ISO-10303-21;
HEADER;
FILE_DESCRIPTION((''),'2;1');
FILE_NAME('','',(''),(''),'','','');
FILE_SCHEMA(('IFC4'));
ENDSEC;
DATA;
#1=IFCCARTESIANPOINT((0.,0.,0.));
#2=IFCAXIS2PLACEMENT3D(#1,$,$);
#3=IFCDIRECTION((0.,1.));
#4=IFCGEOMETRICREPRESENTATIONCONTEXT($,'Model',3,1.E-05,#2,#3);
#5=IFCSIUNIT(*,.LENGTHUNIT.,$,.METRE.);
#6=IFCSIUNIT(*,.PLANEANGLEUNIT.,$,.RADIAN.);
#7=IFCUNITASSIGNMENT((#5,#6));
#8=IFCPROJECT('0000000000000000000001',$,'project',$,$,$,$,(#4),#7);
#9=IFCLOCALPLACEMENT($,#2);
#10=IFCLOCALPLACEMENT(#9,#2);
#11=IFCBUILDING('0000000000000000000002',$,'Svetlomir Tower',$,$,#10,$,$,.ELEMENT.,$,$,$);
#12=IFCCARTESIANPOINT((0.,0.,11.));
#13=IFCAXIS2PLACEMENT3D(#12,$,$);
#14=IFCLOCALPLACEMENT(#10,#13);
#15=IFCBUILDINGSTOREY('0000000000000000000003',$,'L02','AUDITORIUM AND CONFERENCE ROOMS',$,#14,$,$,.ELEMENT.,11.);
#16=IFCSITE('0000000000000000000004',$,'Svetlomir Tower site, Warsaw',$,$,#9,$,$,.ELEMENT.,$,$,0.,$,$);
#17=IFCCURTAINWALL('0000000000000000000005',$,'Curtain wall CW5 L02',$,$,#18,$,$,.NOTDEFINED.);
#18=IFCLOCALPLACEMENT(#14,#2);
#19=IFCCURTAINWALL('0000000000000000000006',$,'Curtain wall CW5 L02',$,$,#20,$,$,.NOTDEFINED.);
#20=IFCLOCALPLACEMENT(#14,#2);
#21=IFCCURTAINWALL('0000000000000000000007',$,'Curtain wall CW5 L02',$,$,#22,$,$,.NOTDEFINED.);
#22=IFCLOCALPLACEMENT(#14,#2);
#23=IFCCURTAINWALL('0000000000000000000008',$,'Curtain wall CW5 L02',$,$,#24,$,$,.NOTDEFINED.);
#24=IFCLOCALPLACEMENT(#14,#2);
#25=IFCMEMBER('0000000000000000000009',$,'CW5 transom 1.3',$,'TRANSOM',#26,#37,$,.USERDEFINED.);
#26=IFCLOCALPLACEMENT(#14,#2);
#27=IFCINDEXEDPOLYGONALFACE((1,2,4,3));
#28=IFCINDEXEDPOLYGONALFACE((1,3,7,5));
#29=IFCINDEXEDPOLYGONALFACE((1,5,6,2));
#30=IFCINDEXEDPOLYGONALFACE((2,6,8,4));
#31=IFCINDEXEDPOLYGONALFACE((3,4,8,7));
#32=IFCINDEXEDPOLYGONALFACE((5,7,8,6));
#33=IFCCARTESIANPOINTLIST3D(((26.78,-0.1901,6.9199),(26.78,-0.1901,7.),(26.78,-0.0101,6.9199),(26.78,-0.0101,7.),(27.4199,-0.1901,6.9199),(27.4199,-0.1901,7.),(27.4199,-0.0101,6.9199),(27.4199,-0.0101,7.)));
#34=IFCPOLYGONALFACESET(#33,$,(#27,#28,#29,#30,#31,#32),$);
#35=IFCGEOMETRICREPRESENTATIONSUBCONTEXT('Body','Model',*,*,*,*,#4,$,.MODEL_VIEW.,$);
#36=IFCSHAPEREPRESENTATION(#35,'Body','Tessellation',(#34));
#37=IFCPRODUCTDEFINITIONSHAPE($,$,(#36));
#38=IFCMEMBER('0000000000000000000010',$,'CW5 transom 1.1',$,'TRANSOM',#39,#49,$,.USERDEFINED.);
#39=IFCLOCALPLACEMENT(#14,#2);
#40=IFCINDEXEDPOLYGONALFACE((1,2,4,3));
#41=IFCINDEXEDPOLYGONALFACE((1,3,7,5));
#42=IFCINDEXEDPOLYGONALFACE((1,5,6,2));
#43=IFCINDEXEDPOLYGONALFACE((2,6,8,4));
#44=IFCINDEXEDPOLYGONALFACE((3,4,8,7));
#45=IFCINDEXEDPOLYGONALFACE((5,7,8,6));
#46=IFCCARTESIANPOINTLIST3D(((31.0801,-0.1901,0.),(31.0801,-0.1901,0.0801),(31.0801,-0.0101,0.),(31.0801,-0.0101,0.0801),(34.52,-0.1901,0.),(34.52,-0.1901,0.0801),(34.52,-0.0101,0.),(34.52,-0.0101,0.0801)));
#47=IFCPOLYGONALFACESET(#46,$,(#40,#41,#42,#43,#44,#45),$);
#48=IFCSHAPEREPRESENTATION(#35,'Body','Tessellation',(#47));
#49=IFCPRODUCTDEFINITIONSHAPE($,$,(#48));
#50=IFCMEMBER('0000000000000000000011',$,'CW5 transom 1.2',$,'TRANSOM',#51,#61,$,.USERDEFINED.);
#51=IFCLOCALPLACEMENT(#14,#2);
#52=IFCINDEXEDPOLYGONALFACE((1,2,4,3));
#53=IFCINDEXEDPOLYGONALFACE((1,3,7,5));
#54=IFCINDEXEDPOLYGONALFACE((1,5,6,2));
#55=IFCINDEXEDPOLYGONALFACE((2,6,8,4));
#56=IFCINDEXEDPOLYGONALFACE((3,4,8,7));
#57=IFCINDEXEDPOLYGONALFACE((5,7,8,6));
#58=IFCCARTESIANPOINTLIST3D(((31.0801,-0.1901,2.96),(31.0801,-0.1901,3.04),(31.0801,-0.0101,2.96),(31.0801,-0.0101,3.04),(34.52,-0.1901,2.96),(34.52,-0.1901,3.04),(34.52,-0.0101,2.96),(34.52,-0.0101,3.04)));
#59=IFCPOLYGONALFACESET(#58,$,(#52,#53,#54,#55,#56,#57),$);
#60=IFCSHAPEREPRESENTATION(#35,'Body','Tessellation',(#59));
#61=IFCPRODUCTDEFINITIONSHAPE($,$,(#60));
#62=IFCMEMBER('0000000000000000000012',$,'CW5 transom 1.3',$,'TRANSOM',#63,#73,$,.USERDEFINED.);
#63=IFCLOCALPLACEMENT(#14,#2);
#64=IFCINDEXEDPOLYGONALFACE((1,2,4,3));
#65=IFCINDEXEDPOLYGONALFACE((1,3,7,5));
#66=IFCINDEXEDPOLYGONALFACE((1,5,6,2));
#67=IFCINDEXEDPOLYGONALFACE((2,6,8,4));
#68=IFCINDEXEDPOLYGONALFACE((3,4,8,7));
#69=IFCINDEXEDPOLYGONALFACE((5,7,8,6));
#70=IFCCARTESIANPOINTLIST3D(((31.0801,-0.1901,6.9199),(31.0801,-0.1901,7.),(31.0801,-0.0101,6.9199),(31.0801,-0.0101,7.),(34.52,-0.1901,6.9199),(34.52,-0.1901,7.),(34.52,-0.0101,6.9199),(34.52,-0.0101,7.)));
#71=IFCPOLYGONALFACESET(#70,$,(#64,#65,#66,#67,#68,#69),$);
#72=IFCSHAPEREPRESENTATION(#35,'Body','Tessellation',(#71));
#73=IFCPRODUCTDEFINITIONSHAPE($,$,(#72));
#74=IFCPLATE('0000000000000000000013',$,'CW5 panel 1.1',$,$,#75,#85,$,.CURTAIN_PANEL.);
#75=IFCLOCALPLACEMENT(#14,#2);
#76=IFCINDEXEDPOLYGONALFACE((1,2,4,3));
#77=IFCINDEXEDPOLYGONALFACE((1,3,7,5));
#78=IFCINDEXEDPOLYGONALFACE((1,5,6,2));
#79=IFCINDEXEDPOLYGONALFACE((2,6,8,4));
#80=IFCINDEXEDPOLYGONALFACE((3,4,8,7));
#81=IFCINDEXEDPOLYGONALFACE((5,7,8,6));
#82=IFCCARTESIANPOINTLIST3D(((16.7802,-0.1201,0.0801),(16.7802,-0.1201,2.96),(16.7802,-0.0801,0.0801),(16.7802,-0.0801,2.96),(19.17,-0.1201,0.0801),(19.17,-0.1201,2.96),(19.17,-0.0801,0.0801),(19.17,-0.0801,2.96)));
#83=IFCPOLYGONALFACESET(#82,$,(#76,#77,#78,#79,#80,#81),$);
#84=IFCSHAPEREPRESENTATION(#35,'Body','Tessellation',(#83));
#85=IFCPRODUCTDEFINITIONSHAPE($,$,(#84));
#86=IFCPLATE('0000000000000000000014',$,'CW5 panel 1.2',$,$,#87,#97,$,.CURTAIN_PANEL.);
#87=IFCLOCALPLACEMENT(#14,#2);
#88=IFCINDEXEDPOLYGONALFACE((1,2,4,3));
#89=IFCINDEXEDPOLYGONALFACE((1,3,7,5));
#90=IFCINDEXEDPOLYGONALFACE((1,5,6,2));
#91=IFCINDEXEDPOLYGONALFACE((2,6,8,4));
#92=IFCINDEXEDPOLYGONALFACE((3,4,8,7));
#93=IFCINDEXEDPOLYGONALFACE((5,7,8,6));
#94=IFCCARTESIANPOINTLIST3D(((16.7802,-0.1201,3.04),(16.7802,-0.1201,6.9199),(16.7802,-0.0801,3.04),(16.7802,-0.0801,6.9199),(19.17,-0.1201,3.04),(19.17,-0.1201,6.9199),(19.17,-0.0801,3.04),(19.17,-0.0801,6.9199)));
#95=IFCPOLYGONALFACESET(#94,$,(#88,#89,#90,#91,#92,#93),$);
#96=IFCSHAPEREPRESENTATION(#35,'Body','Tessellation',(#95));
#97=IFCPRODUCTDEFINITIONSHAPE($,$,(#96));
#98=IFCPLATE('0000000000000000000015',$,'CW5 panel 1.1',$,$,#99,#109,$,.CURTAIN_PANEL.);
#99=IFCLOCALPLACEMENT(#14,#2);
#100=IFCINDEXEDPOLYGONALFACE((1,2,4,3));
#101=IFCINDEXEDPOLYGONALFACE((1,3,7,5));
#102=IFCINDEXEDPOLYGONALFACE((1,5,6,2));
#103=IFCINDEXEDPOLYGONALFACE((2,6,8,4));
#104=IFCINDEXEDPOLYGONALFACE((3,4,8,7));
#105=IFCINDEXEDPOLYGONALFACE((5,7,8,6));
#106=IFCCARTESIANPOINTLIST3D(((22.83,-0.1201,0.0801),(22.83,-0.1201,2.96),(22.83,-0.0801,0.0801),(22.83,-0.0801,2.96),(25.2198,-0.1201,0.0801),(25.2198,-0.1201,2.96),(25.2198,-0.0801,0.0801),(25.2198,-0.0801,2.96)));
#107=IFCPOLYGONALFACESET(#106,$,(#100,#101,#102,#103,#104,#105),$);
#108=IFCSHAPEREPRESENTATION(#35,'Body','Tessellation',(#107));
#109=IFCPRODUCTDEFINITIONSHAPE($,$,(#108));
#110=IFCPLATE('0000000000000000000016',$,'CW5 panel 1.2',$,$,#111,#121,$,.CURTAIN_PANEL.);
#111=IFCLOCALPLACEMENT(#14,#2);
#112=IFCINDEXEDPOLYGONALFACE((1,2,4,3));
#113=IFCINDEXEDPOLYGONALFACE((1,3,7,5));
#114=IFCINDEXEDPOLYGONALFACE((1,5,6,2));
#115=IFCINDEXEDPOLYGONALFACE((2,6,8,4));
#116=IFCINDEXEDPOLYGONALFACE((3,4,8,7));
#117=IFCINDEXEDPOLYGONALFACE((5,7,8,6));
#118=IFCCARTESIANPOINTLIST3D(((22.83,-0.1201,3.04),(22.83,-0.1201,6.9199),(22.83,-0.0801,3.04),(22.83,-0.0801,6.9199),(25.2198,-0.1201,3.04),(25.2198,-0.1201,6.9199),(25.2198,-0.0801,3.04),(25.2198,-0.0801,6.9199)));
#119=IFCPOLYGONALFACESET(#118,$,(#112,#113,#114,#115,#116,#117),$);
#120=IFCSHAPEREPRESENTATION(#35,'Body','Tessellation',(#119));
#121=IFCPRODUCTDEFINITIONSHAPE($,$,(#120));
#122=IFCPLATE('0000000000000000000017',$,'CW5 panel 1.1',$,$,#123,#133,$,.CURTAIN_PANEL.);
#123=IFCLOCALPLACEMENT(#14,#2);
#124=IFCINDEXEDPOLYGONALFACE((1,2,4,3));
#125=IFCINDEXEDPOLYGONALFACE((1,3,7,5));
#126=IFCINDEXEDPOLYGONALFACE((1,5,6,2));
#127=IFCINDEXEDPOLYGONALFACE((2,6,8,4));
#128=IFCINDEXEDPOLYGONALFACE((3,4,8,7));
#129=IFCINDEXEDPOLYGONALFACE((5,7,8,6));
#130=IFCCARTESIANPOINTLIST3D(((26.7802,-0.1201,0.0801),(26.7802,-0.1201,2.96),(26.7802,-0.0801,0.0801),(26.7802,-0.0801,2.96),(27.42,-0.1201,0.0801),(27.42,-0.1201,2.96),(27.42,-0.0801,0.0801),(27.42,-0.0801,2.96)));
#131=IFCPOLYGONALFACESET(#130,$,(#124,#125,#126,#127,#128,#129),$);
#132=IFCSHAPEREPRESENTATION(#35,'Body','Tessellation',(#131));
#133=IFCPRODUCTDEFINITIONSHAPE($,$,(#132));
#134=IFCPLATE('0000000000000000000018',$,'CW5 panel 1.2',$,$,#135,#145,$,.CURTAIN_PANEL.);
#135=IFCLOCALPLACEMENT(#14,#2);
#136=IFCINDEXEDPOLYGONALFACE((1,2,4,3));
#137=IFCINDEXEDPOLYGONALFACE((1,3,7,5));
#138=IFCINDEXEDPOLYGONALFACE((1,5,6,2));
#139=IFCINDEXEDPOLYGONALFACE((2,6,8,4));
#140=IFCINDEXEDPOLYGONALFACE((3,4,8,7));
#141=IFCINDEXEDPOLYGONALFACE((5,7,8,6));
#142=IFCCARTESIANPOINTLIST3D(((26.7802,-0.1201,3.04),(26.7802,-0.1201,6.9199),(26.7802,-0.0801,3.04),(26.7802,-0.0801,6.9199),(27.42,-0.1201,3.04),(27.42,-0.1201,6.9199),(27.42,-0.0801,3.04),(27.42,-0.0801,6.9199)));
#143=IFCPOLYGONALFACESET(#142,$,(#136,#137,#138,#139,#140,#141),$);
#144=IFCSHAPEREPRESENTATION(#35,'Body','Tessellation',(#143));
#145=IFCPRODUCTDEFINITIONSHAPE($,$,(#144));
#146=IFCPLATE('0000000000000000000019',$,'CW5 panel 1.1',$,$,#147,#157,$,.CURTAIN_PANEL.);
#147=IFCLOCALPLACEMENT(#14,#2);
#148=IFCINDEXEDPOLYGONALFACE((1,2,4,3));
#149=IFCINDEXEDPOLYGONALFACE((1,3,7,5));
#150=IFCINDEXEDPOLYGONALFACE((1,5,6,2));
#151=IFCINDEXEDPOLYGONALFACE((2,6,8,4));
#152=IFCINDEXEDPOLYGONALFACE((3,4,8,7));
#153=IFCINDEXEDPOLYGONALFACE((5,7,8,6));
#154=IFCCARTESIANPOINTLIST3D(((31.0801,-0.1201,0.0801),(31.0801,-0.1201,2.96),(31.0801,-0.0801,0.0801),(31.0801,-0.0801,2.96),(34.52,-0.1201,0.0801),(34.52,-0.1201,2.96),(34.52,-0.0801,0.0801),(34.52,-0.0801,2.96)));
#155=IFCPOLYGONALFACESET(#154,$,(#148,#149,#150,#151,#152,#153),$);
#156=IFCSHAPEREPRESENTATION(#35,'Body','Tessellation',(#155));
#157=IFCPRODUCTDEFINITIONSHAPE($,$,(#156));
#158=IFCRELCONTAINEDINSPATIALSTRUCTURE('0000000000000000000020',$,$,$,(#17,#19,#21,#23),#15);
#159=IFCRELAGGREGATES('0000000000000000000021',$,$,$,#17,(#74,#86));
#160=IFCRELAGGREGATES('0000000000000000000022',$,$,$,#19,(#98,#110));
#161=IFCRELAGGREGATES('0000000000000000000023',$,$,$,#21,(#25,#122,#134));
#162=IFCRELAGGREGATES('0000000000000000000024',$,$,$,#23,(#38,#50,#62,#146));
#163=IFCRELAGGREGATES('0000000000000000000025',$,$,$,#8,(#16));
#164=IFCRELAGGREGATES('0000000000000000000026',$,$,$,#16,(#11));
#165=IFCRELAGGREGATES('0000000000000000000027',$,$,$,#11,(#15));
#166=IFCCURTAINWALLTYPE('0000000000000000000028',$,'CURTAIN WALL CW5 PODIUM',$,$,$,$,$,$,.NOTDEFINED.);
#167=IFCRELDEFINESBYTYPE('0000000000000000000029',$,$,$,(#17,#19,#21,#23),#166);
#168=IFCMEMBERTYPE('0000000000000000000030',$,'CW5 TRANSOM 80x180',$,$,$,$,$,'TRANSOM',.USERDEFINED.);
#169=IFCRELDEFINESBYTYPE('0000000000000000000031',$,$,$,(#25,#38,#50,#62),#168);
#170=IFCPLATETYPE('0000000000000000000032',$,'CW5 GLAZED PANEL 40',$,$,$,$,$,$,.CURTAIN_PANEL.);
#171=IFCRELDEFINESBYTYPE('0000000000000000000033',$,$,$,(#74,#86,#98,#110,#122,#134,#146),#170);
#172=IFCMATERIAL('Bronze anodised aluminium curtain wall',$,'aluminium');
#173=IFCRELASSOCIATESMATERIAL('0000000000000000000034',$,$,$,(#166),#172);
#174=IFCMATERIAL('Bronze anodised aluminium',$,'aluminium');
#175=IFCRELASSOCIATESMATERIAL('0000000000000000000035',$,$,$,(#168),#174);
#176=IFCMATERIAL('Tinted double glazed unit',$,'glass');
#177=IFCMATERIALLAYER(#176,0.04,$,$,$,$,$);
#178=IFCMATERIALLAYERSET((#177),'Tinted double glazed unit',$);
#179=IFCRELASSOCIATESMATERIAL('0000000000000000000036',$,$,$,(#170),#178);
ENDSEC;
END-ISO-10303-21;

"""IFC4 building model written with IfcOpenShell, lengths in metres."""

from ifc_helpers import new_model, si_unit, direction, frame, origin, origin_2d, place, context, subcontext, project, spatial, rectangle, extrude, material, layer, layer_set, material_profile, profile_set, type_object, element, aggregate, save


model = new_model("IFC4")

# Units and contexts
model_context = context("Model", 3, precision=1e-05, world=origin(), true_north=direction((0.0, 1.0)))
body_context = subcontext(model_context, "Body", "Model", "MODEL_VIEW")
ifc_project = project(units=[si_unit("LENGTHUNIT", "METRE"), si_unit("PLANEANGLEUNIT", "RADIAN")], contexts=[model_context])

# Site, building, storey
site_placement = place(None, origin())
site = spatial("IfcSite", under=ifc_project, at=site_placement, Name="Svetlomir Tower site, Warsaw", CompositionType="ELEMENT", RefElevation=0.0)
building_placement = place(site_placement, origin())
building = spatial("IfcBuilding", under=site, at=building_placement, Name="Svetlomir Tower", CompositionType="ELEMENT")
storey_placement = place(building_placement, frame((0.0, 0.0, 11.0)))
storey = spatial("IfcBuildingStorey", under=building, at=storey_placement, Name="L02", Description="AUDITORIUM AND CONFERENCE ROOMS", CompositionType="ELEMENT", Elevation=11.0)

# Curtain walls
ifc_material_1 = material(Name="Bronze anodised aluminium curtain wall", Category="aluminium")
curtain_wall_type = type_object("IfcCurtainWallType", Name="CURTAIN WALL CW5 PODIUM", PredefinedType="NOTDEFINED", material=ifc_material_1)
curtain_wall_1_placement = place(storey_placement, origin())
curtain_wall_1 = element("IfcCurtainWall", 1, at=curtain_wall_1_placement, inside=storey, type_object=curtain_wall_type, Name="Curtain wall CW5 L02", PredefinedType="NOTDEFINED")
curtain_wall_2_placement = place(storey_placement, origin())
curtain_wall_2 = element("IfcCurtainWall", 2, at=curtain_wall_2_placement, inside=storey, type_object=curtain_wall_type, Name="Curtain wall CW5 L02", PredefinedType="NOTDEFINED")
curtain_wall_3_placement = place(storey_placement, origin())
curtain_wall_3 = element("IfcCurtainWall", 3, at=curtain_wall_3_placement, inside=storey, type_object=curtain_wall_type, Name="Curtain wall CW5 L02", PredefinedType="NOTDEFINED")

# Curtain wall
curtain_wall_4_placement = place(storey_placement, origin())
curtain_wall_4 = element("IfcCurtainWall", 4, at=curtain_wall_4_placement, inside=storey, type_object=curtain_wall_type, Name="Curtain wall CW5 L02", PredefinedType="NOTDEFINED")

# Members
ifc_material_2 = material(Name="Bronze anodised aluminium", Category="aluminium")
ifc_material_profile_1 = material_profile(ifc_material_2, rectangle(XDim=0.1799, YDim=0.0801, at=origin_2d()), Name="AL 180x80")
ifc_profile_set_1 = profile_set([ifc_material_profile_1], Name="Bronze anodised aluminium 6063-T6")
member_type_1 = type_object("IfcMemberType", Name="CW5 TRANSOM 80x180", ElementType="TRANSOM", PredefinedType="USERDEFINED", material=ifc_profile_set_1)
member_1_placement = place(storey_placement, frame((26.78, -0.1001, 6.96), z_axis=(1.0, 0.0, 0.0), x_axis=(0.0, 1.0, 0.0)))
member_1 = element("IfcMember", 5, at=member_1_placement, type_object=member_type_1, Name="CW5 transom 1.3", ObjectType="TRANSOM", PredefinedType="USERDEFINED", context=body_context, shape_type="SweptSolid", body=[
    extrude(rectangle(XDim=0.1799, YDim=0.0801, at=origin_2d()), origin(), (0.0, 0.0, 1.0), 0.6399),
])
member_2_placement = place(storey_placement, frame((31.0801, -0.1001, 0.04), z_axis=(1.0, 0.0, 0.0), x_axis=(0.0, 1.0, 0.0)))
member_2 = element("IfcMember", 6, at=member_2_placement, type_object=member_type_1, Name="CW5 transom 1.1", ObjectType="TRANSOM", PredefinedType="USERDEFINED", context=body_context, shape_type="SweptSolid", body=[
    extrude(rectangle(XDim=0.1799, YDim=0.0801, at=origin_2d()), origin(), (0.0, 0.0, 1.0), 3.4399),
])
member_3_placement = place(storey_placement, frame((31.0801, -0.1001, 3.0), z_axis=(1.0, 0.0, 0.0), x_axis=(0.0, 1.0, 0.0)))
member_3 = element("IfcMember", 7, at=member_3_placement, type_object=member_type_1, Name="CW5 transom 1.2", ObjectType="TRANSOM", PredefinedType="USERDEFINED", context=body_context, shape_type="SweptSolid", body=[
    extrude(rectangle(XDim=0.1799, YDim=0.0801, at=origin_2d()), origin(), (0.0, 0.0, 1.0), 3.4399),
])
member_4_placement = place(storey_placement, frame((31.0801, -0.1001, 6.96), z_axis=(1.0, 0.0, 0.0), x_axis=(0.0, 1.0, 0.0)))
member_4 = element("IfcMember", 8, at=member_4_placement, type_object=member_type_1, Name="CW5 transom 1.3", ObjectType="TRANSOM", PredefinedType="USERDEFINED", context=body_context, shape_type="SweptSolid", body=[
    extrude(rectangle(XDim=0.1799, YDim=0.0801, at=origin_2d()), origin(), (0.0, 0.0, 1.0), 3.4399),
])

# Plates
ifc_material_3 = material(Name="Tinted double glazed unit", Category="glass")
ifc_layer = layer(ifc_material_3, 0.04)
ifc_layer_set = layer_set([ifc_layer], Name="Tinted double glazed unit")
plate_type = type_object("IfcPlateType", Name="CW5 GLAZED PANEL 40", PredefinedType="CURTAIN_PANEL", material=ifc_layer_set)
plate_1_placement = place(storey_placement, frame((17.9751, -0.1001, 0.0801), z_axis=(0.0, 0.0, 1.0), x_axis=(1.0, 0.0, 0.0)))
plate_1 = element("IfcPlate", 9, at=plate_1_placement, type_object=plate_type, Name="CW5 panel 1.1", PredefinedType="CURTAIN_PANEL", context=body_context, shape_type="SweptSolid", body=[
    extrude(rectangle(XDim=2.3899, YDim=0.04, at=origin_2d()), origin(), (0.0, 0.0, 1.0), 2.8799),
])
plate_2_placement = place(storey_placement, frame((17.9751, -0.1001, 3.04), z_axis=(0.0, 0.0, 1.0), x_axis=(1.0, 0.0, 0.0)))
plate_2 = element("IfcPlate", 10, at=plate_2_placement, type_object=plate_type, Name="CW5 panel 1.2", PredefinedType="CURTAIN_PANEL", context=body_context, shape_type="SweptSolid", body=[
    extrude(rectangle(XDim=2.3899, YDim=0.04, at=origin_2d()), origin(), (0.0, 0.0, 1.0), 3.8799),
])
aggregate(curtain_wall_1, [plate_1, plate_2])
plate_3_placement = place(storey_placement, frame((24.0249, -0.1001, 0.0801), z_axis=(0.0, 0.0, 1.0), x_axis=(1.0, 0.0, 0.0)))
plate_3 = element("IfcPlate", 11, at=plate_3_placement, type_object=plate_type, Name="CW5 panel 1.1", PredefinedType="CURTAIN_PANEL", context=body_context, shape_type="SweptSolid", body=[
    extrude(rectangle(XDim=2.3899, YDim=0.04, at=origin_2d()), origin(), (0.0, 0.0, 1.0), 2.8799),
])
plate_4_placement = place(storey_placement, frame((24.0249, -0.1001, 3.04), z_axis=(0.0, 0.0, 1.0), x_axis=(1.0, 0.0, 0.0)))
plate_4 = element("IfcPlate", 12, at=plate_4_placement, type_object=plate_type, Name="CW5 panel 1.2", PredefinedType="CURTAIN_PANEL", context=body_context, shape_type="SweptSolid", body=[
    extrude(rectangle(XDim=2.3899, YDim=0.04, at=origin_2d()), origin(), (0.0, 0.0, 1.0), 3.8799),
])
aggregate(curtain_wall_2, [plate_3, plate_4])
plate_5_placement = place(storey_placement, frame((27.1001, -0.1001, 0.0801), z_axis=(0.0, 0.0, 1.0), x_axis=(1.0, 0.0, 0.0)))
plate_5 = element("IfcPlate", 13, at=plate_5_placement, type_object=plate_type, Name="CW5 panel 1.1", PredefinedType="CURTAIN_PANEL", context=body_context, shape_type="SweptSolid", body=[
    extrude(rectangle(XDim=0.6399, YDim=0.04, at=origin_2d()), origin(), (0.0, 0.0, 1.0), 2.8799),
])
plate_6_placement = place(storey_placement, frame((27.1001, -0.1001, 3.04), z_axis=(0.0, 0.0, 1.0), x_axis=(1.0, 0.0, 0.0)))
plate_6 = element("IfcPlate", 14, at=plate_6_placement, type_object=plate_type, Name="CW5 panel 1.2", PredefinedType="CURTAIN_PANEL", context=body_context, shape_type="SweptSolid", body=[
    extrude(rectangle(XDim=0.6399, YDim=0.04, at=origin_2d()), origin(), (0.0, 0.0, 1.0), 3.8799),
])
aggregate(curtain_wall_3, [member_1, plate_5, plate_6])
plate_7_placement = place(storey_placement, frame((32.8, -0.1001, 0.0801), z_axis=(0.0, 0.0, 1.0), x_axis=(1.0, 0.0, 0.0)))
plate_7 = element("IfcPlate", 15, at=plate_7_placement, type_object=plate_type, Name="CW5 panel 1.1", PredefinedType="CURTAIN_PANEL", context=body_context, shape_type="SweptSolid", body=[
    extrude(rectangle(XDim=3.4399, YDim=0.04, at=origin_2d()), origin(), (0.0, 0.0, 1.0), 2.8799),
])
aggregate(curtain_wall_4, [member_2, member_3, member_4, plate_7])

save(model, "model.ifc")
